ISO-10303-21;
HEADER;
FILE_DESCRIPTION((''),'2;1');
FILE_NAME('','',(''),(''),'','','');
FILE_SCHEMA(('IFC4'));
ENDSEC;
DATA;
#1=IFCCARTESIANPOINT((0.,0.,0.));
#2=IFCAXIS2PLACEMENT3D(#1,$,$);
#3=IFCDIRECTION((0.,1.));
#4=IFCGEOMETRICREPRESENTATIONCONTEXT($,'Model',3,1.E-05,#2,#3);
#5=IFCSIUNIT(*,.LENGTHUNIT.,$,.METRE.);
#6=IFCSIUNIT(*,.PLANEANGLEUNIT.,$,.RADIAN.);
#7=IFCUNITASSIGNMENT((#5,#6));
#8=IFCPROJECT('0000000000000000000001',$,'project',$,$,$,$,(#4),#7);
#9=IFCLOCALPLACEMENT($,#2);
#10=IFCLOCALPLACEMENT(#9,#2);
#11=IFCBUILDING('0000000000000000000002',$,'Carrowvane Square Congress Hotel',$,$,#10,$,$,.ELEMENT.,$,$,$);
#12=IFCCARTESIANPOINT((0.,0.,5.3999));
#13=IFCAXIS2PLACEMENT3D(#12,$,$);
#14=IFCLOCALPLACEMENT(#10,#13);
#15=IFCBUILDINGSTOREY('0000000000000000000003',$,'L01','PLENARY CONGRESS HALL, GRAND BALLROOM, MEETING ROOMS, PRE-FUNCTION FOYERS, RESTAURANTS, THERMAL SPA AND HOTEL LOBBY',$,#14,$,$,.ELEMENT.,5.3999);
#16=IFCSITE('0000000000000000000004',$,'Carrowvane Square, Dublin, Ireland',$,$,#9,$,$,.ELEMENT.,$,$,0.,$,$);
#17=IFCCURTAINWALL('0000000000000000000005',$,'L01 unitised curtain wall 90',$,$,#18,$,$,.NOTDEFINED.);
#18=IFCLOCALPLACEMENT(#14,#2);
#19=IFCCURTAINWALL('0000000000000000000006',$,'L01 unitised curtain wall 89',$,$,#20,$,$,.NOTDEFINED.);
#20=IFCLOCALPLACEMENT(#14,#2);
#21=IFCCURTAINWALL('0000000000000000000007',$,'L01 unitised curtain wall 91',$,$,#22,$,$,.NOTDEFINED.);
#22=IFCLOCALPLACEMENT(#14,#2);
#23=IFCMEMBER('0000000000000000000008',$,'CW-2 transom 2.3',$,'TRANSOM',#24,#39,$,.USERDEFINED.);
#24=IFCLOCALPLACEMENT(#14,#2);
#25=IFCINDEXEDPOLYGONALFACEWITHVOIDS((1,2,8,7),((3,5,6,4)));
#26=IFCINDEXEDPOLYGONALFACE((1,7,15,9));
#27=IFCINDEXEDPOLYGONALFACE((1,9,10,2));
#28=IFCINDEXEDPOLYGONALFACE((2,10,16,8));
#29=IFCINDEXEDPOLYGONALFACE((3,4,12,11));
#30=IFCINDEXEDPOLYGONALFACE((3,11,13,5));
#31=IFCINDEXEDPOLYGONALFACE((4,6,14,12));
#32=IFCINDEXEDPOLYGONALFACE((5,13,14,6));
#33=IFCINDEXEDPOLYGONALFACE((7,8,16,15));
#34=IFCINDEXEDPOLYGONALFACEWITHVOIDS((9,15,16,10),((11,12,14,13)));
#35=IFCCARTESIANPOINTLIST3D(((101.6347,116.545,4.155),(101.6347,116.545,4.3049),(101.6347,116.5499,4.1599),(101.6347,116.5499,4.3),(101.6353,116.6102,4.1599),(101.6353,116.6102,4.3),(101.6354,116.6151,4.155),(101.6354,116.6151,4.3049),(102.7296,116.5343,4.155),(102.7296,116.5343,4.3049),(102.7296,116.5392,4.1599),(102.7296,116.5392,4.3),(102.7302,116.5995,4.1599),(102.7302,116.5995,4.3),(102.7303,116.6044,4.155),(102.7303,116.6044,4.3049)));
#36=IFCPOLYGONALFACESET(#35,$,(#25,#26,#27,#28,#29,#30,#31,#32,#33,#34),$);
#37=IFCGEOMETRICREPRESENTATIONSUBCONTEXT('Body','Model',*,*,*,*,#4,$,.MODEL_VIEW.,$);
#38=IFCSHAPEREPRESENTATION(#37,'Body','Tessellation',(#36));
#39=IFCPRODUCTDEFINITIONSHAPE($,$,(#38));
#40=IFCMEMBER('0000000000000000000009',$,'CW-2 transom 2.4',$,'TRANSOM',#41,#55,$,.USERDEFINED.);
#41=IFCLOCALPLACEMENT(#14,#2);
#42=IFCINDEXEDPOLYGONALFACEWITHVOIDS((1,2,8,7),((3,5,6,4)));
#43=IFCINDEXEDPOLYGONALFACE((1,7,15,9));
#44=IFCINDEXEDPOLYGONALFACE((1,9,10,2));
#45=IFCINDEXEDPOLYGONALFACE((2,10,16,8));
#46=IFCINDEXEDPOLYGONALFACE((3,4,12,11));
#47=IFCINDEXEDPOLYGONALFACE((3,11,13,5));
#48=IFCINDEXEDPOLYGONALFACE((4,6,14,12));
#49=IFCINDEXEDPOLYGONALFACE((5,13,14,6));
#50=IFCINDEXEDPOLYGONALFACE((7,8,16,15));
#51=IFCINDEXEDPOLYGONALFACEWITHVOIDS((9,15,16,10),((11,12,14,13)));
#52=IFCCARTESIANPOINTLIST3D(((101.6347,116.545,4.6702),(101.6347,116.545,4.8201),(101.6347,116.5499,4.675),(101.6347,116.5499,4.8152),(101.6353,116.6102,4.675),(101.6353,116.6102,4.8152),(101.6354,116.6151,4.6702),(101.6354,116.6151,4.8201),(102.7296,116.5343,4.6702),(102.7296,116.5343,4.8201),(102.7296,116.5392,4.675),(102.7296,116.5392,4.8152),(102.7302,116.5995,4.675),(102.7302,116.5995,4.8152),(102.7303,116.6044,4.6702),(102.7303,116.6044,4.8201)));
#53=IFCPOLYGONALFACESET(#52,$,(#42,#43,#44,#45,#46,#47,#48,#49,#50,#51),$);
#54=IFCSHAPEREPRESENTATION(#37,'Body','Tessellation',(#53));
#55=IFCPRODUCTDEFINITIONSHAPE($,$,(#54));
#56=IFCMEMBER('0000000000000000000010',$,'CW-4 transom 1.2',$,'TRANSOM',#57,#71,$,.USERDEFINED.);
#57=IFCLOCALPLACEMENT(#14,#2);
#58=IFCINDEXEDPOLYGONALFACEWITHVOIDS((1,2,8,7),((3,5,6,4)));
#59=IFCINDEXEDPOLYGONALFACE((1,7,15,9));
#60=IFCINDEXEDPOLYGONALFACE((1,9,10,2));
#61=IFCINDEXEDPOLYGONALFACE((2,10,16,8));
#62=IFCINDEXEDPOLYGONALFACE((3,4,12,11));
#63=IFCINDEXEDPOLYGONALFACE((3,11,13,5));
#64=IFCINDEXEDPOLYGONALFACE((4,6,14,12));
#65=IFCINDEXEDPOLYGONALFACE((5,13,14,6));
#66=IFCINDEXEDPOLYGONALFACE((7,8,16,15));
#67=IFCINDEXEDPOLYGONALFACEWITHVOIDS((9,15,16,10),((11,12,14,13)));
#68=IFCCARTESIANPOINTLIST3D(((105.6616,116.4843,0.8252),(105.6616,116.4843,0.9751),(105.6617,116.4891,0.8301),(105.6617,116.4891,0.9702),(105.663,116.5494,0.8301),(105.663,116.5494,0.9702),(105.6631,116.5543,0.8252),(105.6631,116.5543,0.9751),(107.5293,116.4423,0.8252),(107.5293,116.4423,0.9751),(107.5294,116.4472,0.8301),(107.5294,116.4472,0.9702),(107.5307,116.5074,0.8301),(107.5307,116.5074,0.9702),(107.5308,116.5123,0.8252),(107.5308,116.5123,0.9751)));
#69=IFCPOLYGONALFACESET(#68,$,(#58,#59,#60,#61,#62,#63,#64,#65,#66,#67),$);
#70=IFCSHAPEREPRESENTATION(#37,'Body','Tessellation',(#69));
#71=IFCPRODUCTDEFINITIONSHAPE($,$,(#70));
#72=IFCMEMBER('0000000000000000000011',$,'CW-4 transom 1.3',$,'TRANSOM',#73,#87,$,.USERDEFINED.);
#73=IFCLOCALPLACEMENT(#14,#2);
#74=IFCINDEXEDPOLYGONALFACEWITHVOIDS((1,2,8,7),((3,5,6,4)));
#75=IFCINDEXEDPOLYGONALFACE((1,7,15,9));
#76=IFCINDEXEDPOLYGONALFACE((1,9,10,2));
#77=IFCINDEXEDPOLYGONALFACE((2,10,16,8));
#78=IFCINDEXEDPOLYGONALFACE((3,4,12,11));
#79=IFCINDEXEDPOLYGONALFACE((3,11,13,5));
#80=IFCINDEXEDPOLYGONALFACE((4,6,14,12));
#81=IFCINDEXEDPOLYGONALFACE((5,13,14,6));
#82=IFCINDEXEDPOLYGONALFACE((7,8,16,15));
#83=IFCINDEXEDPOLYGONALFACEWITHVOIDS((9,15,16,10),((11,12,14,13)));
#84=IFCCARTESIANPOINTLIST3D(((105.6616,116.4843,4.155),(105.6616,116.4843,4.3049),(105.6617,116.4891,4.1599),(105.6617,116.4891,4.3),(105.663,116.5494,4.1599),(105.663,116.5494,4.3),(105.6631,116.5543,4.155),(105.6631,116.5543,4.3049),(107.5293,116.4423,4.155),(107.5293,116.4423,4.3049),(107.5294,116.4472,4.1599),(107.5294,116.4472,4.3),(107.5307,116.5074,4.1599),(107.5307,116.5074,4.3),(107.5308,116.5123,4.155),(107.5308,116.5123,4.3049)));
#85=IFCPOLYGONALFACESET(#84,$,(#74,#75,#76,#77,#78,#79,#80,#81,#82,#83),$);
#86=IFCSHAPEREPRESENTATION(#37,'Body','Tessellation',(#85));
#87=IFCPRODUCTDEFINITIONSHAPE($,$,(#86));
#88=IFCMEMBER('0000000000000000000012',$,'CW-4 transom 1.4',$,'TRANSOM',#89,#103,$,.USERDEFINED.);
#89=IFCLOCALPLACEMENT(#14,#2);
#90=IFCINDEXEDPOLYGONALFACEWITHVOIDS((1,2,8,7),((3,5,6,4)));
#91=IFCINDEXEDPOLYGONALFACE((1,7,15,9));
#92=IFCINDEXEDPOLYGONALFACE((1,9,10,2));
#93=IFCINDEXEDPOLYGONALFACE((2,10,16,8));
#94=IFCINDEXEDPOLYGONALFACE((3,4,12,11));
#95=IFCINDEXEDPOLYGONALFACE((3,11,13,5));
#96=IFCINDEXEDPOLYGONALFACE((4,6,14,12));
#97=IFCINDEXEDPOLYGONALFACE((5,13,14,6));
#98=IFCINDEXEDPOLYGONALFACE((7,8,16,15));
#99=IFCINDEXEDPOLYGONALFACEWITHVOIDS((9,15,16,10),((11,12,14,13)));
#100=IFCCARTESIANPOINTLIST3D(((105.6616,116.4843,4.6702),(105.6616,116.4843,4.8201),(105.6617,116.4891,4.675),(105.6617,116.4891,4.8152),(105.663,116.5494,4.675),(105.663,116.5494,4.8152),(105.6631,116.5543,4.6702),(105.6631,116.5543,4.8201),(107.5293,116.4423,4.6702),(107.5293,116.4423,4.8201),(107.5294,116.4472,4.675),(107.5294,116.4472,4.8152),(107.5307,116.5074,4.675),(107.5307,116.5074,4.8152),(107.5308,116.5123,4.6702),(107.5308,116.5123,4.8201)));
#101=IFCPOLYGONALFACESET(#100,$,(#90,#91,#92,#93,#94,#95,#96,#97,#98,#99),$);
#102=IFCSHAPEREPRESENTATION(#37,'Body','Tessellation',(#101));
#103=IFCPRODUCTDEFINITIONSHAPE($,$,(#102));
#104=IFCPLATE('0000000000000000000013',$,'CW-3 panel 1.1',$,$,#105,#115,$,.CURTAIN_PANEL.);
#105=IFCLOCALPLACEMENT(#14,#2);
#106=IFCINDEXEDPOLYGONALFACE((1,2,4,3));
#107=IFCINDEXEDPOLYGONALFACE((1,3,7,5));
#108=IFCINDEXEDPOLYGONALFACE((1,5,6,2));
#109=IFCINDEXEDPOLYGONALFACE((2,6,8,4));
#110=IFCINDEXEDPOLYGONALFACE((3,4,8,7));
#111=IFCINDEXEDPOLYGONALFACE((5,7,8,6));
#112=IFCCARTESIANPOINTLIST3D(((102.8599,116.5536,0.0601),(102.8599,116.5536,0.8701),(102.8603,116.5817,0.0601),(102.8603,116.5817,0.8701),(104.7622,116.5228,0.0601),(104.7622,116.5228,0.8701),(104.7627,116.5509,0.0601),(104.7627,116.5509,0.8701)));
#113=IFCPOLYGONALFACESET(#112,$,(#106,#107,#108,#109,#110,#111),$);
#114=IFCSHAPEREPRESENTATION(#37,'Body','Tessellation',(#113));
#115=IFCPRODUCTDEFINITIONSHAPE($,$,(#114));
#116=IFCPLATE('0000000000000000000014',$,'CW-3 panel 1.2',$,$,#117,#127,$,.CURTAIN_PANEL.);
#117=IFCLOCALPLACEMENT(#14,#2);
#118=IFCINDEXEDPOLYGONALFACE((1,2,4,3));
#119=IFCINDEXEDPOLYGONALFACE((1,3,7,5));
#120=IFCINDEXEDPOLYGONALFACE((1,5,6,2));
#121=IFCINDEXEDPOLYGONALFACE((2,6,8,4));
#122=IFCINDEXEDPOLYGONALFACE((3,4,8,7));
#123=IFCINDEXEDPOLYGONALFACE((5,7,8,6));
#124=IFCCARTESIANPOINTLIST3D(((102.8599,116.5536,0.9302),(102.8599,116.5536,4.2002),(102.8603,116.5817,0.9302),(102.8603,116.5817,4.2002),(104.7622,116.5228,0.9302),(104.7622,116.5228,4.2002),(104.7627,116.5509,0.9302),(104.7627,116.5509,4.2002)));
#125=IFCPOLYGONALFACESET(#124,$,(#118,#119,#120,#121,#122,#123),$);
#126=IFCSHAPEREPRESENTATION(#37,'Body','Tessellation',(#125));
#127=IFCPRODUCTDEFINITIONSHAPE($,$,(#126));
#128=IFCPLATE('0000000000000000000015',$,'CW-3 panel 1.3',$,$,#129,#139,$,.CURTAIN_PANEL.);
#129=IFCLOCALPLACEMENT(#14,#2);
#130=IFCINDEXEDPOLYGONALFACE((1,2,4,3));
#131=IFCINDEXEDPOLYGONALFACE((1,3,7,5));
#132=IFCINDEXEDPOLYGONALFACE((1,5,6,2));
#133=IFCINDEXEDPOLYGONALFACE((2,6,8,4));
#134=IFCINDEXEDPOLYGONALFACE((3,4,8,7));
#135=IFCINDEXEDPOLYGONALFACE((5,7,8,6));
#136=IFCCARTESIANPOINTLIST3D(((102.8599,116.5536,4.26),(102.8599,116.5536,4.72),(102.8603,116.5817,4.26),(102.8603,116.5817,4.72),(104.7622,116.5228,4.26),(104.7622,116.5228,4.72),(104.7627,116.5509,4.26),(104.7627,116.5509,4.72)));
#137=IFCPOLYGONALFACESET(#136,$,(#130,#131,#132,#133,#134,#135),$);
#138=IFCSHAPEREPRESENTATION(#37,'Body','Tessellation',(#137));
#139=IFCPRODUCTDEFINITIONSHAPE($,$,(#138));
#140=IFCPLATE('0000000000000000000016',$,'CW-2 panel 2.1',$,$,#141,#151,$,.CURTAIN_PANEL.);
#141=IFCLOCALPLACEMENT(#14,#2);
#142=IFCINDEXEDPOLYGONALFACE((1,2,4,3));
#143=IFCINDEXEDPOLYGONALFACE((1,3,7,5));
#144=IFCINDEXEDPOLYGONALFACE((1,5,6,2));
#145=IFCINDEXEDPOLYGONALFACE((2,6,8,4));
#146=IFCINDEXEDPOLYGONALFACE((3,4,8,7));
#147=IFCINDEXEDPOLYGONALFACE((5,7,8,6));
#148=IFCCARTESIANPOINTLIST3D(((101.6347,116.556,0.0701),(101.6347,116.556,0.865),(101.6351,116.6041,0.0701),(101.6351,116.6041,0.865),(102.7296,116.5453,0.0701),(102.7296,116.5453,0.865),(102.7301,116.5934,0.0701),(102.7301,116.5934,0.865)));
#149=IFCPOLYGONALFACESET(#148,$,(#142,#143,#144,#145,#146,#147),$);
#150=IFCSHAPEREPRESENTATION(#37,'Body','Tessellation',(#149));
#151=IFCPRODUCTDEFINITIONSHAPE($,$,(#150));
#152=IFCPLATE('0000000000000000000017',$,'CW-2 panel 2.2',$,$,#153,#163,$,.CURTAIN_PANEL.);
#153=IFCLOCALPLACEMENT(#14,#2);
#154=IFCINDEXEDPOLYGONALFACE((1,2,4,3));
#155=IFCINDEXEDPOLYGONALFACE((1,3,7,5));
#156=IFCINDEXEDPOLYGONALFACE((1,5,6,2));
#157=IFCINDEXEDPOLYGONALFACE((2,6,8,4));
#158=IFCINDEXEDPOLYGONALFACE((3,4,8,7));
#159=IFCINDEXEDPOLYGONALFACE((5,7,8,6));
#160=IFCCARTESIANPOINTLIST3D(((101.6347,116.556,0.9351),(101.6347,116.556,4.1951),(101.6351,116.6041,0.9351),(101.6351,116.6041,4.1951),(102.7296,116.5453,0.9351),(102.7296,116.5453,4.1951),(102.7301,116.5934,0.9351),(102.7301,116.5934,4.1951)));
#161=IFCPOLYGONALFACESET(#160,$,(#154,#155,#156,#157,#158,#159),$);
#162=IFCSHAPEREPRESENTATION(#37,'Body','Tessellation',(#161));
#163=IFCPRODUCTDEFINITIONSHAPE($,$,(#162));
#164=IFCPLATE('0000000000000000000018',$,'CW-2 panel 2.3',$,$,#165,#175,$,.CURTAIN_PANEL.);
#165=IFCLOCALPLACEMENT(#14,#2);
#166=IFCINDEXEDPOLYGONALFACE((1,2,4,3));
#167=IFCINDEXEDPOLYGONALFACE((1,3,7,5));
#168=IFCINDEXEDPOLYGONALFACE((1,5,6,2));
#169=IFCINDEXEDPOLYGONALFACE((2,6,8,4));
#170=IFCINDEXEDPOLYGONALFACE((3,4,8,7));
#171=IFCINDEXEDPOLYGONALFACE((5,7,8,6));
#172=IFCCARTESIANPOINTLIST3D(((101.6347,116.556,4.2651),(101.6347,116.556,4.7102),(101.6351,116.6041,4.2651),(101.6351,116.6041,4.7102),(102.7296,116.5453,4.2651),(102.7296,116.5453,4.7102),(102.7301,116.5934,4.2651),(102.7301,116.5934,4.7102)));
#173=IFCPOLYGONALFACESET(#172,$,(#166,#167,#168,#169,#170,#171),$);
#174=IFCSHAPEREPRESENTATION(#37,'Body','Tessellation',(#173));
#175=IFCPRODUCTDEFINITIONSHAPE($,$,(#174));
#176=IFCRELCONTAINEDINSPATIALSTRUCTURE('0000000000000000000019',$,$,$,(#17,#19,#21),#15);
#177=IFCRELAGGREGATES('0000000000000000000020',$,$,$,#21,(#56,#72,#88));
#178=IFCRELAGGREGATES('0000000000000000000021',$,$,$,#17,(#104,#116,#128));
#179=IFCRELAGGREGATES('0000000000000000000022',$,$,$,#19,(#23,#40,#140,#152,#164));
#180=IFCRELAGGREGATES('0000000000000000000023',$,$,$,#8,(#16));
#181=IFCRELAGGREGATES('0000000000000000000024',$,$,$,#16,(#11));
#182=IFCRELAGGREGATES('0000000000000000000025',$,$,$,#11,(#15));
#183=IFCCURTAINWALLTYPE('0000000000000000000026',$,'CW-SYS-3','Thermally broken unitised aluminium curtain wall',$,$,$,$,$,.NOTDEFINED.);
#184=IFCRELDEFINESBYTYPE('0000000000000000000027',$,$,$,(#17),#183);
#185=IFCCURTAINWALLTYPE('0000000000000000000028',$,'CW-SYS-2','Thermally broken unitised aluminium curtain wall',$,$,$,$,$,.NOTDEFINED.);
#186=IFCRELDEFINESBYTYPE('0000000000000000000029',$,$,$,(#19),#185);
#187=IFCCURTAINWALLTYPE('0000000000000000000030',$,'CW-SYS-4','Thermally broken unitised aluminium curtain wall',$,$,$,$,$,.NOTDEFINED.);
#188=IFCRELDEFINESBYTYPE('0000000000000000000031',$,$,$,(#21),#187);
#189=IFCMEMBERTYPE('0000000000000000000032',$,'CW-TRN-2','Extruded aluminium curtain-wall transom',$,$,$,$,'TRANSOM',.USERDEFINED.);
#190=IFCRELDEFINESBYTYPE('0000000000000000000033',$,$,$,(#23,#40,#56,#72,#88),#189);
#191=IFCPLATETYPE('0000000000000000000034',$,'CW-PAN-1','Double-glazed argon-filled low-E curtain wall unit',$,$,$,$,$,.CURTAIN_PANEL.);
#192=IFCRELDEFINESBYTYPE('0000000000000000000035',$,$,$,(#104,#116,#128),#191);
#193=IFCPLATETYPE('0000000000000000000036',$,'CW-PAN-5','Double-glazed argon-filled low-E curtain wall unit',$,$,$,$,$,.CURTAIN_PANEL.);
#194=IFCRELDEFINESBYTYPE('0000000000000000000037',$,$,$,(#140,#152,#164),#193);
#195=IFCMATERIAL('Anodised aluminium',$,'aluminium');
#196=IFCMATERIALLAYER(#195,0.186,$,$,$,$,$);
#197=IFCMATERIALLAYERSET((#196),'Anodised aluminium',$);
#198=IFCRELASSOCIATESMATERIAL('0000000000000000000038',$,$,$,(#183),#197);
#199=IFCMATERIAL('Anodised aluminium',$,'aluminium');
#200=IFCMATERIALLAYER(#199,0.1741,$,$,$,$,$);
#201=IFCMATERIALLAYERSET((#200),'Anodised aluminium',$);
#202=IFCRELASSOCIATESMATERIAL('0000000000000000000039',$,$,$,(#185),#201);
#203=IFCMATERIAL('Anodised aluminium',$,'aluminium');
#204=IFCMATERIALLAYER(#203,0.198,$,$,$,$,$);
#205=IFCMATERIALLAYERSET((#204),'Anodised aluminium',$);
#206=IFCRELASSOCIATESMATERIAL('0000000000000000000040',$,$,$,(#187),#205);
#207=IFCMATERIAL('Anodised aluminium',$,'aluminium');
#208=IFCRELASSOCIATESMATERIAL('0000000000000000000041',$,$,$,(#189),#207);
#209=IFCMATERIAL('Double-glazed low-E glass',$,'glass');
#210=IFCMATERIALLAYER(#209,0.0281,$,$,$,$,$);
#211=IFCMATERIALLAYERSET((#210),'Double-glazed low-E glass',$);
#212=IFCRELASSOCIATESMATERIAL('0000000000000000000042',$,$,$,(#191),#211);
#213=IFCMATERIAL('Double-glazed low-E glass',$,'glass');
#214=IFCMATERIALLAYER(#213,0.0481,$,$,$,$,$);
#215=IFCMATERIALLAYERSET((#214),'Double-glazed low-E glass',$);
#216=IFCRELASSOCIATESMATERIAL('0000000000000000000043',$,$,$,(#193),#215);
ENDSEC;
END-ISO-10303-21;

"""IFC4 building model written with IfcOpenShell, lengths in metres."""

from ifc_helpers import new_model, si_unit, direction, frame, origin, origin_2d, place, context, subcontext, project, spatial, rectangle, hollow_rectangle, extrude, material, layer, layer_set, material_profile, profile_set, type_object, element, aggregate, save


model = new_model("IFC4")

# Units and contexts
model_context = context("Model", 3, precision=1e-05, world=origin(), true_north=direction((0.0, 1.0)))
body_context = subcontext(model_context, "Body", "Model", "MODEL_VIEW")
ifc_project = project(units=[si_unit("LENGTHUNIT", "METRE"), si_unit("PLANEANGLEUNIT", "RADIAN")], contexts=[model_context])

# Site, building, storey
site_placement = place(None, origin())
site = spatial("IfcSite", under=ifc_project, at=site_placement, Name="Carrowvane Square, Dublin, Ireland", CompositionType="ELEMENT", RefElevation=0.0)
building_placement = place(site_placement, origin())
building = spatial("IfcBuilding", under=site, at=building_placement, Name="Carrowvane Square Congress Hotel", CompositionType="ELEMENT")
storey_placement = place(building_placement, frame((0.0, 0.0, 5.3999)))
storey = spatial("IfcBuildingStorey", under=building, at=storey_placement, Name="L01", Description="PLENARY CONGRESS HALL, GRAND BALLROOM, MEETING ROOMS, PRE-FUNCTION FOYERS, RESTAURANTS, THERMAL SPA AND HOTEL LOBBY", CompositionType="ELEMENT", Elevation=5.3999)

# Curtain wall
ifc_material_1 = material(Name="Anodised aluminium", Category="aluminium")
ifc_layer_1 = layer(ifc_material_1, 0.186)
ifc_layer_set_1 = layer_set([ifc_layer_1], Name="Anodised aluminium")
curtain_wall_type_1 = type_object("IfcCurtainWallType", Name="CW-SYS-3", Description="Thermally broken unitised aluminium curtain wall", PredefinedType="NOTDEFINED", material=ifc_layer_set_1)
curtain_wall_1_placement = place(storey_placement, origin())
curtain_wall_1 = element("IfcCurtainWall", 1, at=curtain_wall_1_placement, inside=storey, type_object=curtain_wall_type_1, Name="L01 unitised curtain wall 90", PredefinedType="NOTDEFINED")

# Curtain walls
ifc_material_2 = material(Name="Anodised aluminium", Category="aluminium")
ifc_layer_2 = layer(ifc_material_2, 0.1741)
ifc_layer_set_2 = layer_set([ifc_layer_2], Name="Anodised aluminium")
curtain_wall_type_2 = type_object("IfcCurtainWallType", Name="CW-SYS-2", Description="Thermally broken unitised aluminium curtain wall", PredefinedType="NOTDEFINED", material=ifc_layer_set_2)
curtain_wall_2_placement = place(storey_placement, origin())
curtain_wall_2 = element("IfcCurtainWall", 2, at=curtain_wall_2_placement, inside=storey, type_object=curtain_wall_type_2, Name="L01 unitised curtain wall 89", PredefinedType="NOTDEFINED")
ifc_material_3 = material(Name="Anodised aluminium", Category="aluminium")
ifc_layer_3 = layer(ifc_material_3, 0.198)
ifc_layer_set_3 = layer_set([ifc_layer_3], Name="Anodised aluminium")
curtain_wall_type_3 = type_object("IfcCurtainWallType", Name="CW-SYS-4", Description="Thermally broken unitised aluminium curtain wall", PredefinedType="NOTDEFINED", material=ifc_layer_set_3)
curtain_wall_3_placement = place(storey_placement, origin())
curtain_wall_3 = element("IfcCurtainWall", 3, at=curtain_wall_3_placement, inside=storey, type_object=curtain_wall_type_3, Name="L01 unitised curtain wall 91", PredefinedType="NOTDEFINED")

# Members
ifc_material_4 = material(Name="Anodised aluminium", Category="aluminium")
ifc_material_profile_1 = material_profile(ifc_material_4, hollow_rectangle(XDim=0.0701, YDim=0.1499, WallThickness=0.0049, at=origin_2d()), Name="CW-TR 70x150x5")
ifc_profile_set_1 = profile_set([ifc_material_profile_1], Name="Anodised aluminium")
member_type_1 = type_object("IfcMemberType", Name="CW-TRN-2", Description="Extruded aluminium curtain-wall transom", ElementType="TRANSOM", PredefinedType="USERDEFINED", material=ifc_profile_set_1)
member_1_placement = place(storey_placement, frame((101.635, 116.5801, 4.23), z_axis=(0.999952, -0.00981, 0.0), x_axis=(0.00981, 0.999952, 0.0)))
member_1 = element("IfcMember", 4, at=member_1_placement, type_object=member_type_1, Name="CW-2 transom 2.3", ObjectType="TRANSOM", PredefinedType="USERDEFINED", context=body_context, shape_type="SweptSolid", body=[
    extrude(hollow_rectangle(XDim=0.0701, YDim=0.1499, WallThickness=0.0049, at=origin_2d()), origin(), (0.0, 0.0, 1.0), 1.095),
])
member_2_placement = place(storey_placement, frame((101.635, 116.5801, 4.7451), z_axis=(0.999952, -0.00981, 0.0), x_axis=(0.00981, 0.999952, 0.0)))
member_2 = element("IfcMember", 5, at=member_2_placement, type_object=member_type_1, Name="CW-2 transom 2.4", ObjectType="TRANSOM", PredefinedType="USERDEFINED", context=body_context, shape_type="SweptSolid", body=[
    extrude(hollow_rectangle(XDim=0.0701, YDim=0.1499, WallThickness=0.0049, at=origin_2d()), origin(), (0.0, 0.0, 1.0), 1.095),
])
member_3_placement = place(storey_placement, frame((105.6624, 116.5193, 0.9001), z_axis=(0.999747, -0.022478, 0.0), x_axis=(0.022478, 0.999747, 0.0)))
member_3 = element("IfcMember", 6, at=member_3_placement, type_object=member_type_1, Name="CW-4 transom 1.2", ObjectType="TRANSOM", PredefinedType="USERDEFINED", context=body_context, shape_type="SweptSolid", body=[
    extrude(hollow_rectangle(XDim=0.0701, YDim=0.1499, WallThickness=0.0049, at=origin_2d()), origin(), (0.0, 0.0, 1.0), 1.8682),
])
member_4_placement = place(storey_placement, frame((105.6624, 116.5193, 4.23), z_axis=(0.999747, -0.022478, 0.0), x_axis=(0.022478, 0.999747, 0.0)))
member_4 = element("IfcMember", 7, at=member_4_placement, type_object=member_type_1, Name="CW-4 transom 1.3", ObjectType="TRANSOM", PredefinedType="USERDEFINED", context=body_context, shape_type="SweptSolid", body=[
    extrude(hollow_rectangle(XDim=0.0701, YDim=0.1499, WallThickness=0.0049, at=origin_2d()), origin(), (0.0, 0.0, 1.0), 1.8682),
])
member_5_placement = place(storey_placement, frame((105.6624, 116.5193, 4.7451), z_axis=(0.999747, -0.022478, 0.0), x_axis=(0.022478, 0.999747, 0.0)))
member_5 = element("IfcMember", 8, at=member_5_placement, type_object=member_type_1, Name="CW-4 transom 1.4", ObjectType="TRANSOM", PredefinedType="USERDEFINED", context=body_context, shape_type="SweptSolid", body=[
    extrude(hollow_rectangle(XDim=0.0701, YDim=0.1499, WallThickness=0.0049, at=origin_2d()), origin(), (0.0, 0.0, 1.0), 1.8682),
])
aggregate(curtain_wall_3, [member_3, member_4, member_5])

# Plates
ifc_material_5 = material(Name="Double-glazed low-E glass", Category="glass")
ifc_layer_4 = layer(ifc_material_5, 0.0281)
ifc_layer_set_4 = layer_set([ifc_layer_4], Name="Double-glazed low-E glass")
plate_type_1 = type_object("IfcPlateType", Name="CW-PAN-1", Description="Double-glazed argon-filled low-E curtain wall unit", PredefinedType="CURTAIN_PANEL", material=ifc_layer_set_4)
plate_1_placement = place(storey_placement, frame((103.8113, 116.5522, 0.0601), z_axis=(0.0, 0.0, 1.0), x_axis=(0.999869, -0.016216, 0.0)))
plate_1 = element("IfcPlate", 9, at=plate_1_placement, type_object=plate_type_1, Name="CW-3 panel 1.1", PredefinedType="CURTAIN_PANEL", context=body_context, shape_type="SweptSolid", body=[
    extrude(rectangle(XDim=1.9026, YDim=0.0281, at=origin_2d()), origin(), (0.0, 0.0, 1.0), 0.8101),
])
plate_2_placement = place(storey_placement, frame((103.8113, 116.5522, 0.9302), z_axis=(0.0, 0.0, 1.0), x_axis=(0.999869, -0.016216, 0.0)))
plate_2 = element("IfcPlate", 10, at=plate_2_placement, type_object=plate_type_1, Name="CW-3 panel 1.2", PredefinedType="CURTAIN_PANEL", context=body_context, shape_type="SweptSolid", body=[
    extrude(rectangle(XDim=1.9026, YDim=0.0281, at=origin_2d()), origin(), (0.0, 0.0, 1.0), 3.27),
])
plate_3_placement = place(storey_placement, frame((103.8113, 116.5522, 4.26), z_axis=(0.0, 0.0, 1.0), x_axis=(0.999869, -0.016216, 0.0)))
plate_3 = element("IfcPlate", 11, at=plate_3_placement, type_object=plate_type_1, Name="CW-3 panel 1.3", PredefinedType="CURTAIN_PANEL", context=body_context, shape_type="SweptSolid", body=[
    extrude(rectangle(XDim=1.9026, YDim=0.0281, at=origin_2d()), origin(), (0.0, 0.0, 1.0), 0.46),
])
aggregate(curtain_wall_1, [plate_1, plate_2, plate_3])
ifc_material_6 = material(Name="Double-glazed low-E glass", Category="glass")
ifc_layer_5 = layer(ifc_material_6, 0.0481)
ifc_layer_set_5 = layer_set([ifc_layer_5], Name="Double-glazed low-E glass")
plate_type_2 = type_object("IfcPlateType", Name="CW-PAN-5", Description="Double-glazed argon-filled low-E curtain wall unit", PredefinedType="CURTAIN_PANEL", material=ifc_layer_set_5)
plate_4_placement = place(storey_placement, frame((102.1824, 116.5747, 0.0701), z_axis=(0.0, 0.0, 1.0), x_axis=(0.999952, -0.009783, 0.0)))
plate_4 = element("IfcPlate", 12, at=plate_4_placement, type_object=plate_type_2, Name="CW-2 panel 2.1", PredefinedType="CURTAIN_PANEL", context=body_context, shape_type="SweptSolid", body=[
    extrude(rectangle(XDim=1.095, YDim=0.0481, at=origin_2d()), origin(), (0.0, 0.0, 1.0), 0.7949),
])
plate_5_placement = place(storey_placement, frame((102.1824, 116.5747, 0.9351), z_axis=(0.0, 0.0, 1.0), x_axis=(0.999952, -0.009783, 0.0)))
plate_5 = element("IfcPlate", 13, at=plate_5_placement, type_object=plate_type_2, Name="CW-2 panel 2.2", PredefinedType="CURTAIN_PANEL", context=body_context, shape_type="SweptSolid", body=[
    extrude(rectangle(XDim=1.095, YDim=0.0481, at=origin_2d()), origin(), (0.0, 0.0, 1.0), 3.26),
])
plate_6_placement = place(storey_placement, frame((102.1824, 116.5747, 4.2651), z_axis=(0.0, 0.0, 1.0), x_axis=(0.999952, -0.009783, 0.0)))
plate_6 = element("IfcPlate", 14, at=plate_6_placement, type_object=plate_type_2, Name="CW-2 panel 2.3", PredefinedType="CURTAIN_PANEL", context=body_context, shape_type="SweptSolid", body=[
    extrude(rectangle(XDim=1.095, YDim=0.0481, at=origin_2d()), origin(), (0.0, 0.0, 1.0), 0.4451),
])
aggregate(curtain_wall_2, [member_1, member_2, plate_4, plate_5, plate_6])

save(model, "model.ifc")
